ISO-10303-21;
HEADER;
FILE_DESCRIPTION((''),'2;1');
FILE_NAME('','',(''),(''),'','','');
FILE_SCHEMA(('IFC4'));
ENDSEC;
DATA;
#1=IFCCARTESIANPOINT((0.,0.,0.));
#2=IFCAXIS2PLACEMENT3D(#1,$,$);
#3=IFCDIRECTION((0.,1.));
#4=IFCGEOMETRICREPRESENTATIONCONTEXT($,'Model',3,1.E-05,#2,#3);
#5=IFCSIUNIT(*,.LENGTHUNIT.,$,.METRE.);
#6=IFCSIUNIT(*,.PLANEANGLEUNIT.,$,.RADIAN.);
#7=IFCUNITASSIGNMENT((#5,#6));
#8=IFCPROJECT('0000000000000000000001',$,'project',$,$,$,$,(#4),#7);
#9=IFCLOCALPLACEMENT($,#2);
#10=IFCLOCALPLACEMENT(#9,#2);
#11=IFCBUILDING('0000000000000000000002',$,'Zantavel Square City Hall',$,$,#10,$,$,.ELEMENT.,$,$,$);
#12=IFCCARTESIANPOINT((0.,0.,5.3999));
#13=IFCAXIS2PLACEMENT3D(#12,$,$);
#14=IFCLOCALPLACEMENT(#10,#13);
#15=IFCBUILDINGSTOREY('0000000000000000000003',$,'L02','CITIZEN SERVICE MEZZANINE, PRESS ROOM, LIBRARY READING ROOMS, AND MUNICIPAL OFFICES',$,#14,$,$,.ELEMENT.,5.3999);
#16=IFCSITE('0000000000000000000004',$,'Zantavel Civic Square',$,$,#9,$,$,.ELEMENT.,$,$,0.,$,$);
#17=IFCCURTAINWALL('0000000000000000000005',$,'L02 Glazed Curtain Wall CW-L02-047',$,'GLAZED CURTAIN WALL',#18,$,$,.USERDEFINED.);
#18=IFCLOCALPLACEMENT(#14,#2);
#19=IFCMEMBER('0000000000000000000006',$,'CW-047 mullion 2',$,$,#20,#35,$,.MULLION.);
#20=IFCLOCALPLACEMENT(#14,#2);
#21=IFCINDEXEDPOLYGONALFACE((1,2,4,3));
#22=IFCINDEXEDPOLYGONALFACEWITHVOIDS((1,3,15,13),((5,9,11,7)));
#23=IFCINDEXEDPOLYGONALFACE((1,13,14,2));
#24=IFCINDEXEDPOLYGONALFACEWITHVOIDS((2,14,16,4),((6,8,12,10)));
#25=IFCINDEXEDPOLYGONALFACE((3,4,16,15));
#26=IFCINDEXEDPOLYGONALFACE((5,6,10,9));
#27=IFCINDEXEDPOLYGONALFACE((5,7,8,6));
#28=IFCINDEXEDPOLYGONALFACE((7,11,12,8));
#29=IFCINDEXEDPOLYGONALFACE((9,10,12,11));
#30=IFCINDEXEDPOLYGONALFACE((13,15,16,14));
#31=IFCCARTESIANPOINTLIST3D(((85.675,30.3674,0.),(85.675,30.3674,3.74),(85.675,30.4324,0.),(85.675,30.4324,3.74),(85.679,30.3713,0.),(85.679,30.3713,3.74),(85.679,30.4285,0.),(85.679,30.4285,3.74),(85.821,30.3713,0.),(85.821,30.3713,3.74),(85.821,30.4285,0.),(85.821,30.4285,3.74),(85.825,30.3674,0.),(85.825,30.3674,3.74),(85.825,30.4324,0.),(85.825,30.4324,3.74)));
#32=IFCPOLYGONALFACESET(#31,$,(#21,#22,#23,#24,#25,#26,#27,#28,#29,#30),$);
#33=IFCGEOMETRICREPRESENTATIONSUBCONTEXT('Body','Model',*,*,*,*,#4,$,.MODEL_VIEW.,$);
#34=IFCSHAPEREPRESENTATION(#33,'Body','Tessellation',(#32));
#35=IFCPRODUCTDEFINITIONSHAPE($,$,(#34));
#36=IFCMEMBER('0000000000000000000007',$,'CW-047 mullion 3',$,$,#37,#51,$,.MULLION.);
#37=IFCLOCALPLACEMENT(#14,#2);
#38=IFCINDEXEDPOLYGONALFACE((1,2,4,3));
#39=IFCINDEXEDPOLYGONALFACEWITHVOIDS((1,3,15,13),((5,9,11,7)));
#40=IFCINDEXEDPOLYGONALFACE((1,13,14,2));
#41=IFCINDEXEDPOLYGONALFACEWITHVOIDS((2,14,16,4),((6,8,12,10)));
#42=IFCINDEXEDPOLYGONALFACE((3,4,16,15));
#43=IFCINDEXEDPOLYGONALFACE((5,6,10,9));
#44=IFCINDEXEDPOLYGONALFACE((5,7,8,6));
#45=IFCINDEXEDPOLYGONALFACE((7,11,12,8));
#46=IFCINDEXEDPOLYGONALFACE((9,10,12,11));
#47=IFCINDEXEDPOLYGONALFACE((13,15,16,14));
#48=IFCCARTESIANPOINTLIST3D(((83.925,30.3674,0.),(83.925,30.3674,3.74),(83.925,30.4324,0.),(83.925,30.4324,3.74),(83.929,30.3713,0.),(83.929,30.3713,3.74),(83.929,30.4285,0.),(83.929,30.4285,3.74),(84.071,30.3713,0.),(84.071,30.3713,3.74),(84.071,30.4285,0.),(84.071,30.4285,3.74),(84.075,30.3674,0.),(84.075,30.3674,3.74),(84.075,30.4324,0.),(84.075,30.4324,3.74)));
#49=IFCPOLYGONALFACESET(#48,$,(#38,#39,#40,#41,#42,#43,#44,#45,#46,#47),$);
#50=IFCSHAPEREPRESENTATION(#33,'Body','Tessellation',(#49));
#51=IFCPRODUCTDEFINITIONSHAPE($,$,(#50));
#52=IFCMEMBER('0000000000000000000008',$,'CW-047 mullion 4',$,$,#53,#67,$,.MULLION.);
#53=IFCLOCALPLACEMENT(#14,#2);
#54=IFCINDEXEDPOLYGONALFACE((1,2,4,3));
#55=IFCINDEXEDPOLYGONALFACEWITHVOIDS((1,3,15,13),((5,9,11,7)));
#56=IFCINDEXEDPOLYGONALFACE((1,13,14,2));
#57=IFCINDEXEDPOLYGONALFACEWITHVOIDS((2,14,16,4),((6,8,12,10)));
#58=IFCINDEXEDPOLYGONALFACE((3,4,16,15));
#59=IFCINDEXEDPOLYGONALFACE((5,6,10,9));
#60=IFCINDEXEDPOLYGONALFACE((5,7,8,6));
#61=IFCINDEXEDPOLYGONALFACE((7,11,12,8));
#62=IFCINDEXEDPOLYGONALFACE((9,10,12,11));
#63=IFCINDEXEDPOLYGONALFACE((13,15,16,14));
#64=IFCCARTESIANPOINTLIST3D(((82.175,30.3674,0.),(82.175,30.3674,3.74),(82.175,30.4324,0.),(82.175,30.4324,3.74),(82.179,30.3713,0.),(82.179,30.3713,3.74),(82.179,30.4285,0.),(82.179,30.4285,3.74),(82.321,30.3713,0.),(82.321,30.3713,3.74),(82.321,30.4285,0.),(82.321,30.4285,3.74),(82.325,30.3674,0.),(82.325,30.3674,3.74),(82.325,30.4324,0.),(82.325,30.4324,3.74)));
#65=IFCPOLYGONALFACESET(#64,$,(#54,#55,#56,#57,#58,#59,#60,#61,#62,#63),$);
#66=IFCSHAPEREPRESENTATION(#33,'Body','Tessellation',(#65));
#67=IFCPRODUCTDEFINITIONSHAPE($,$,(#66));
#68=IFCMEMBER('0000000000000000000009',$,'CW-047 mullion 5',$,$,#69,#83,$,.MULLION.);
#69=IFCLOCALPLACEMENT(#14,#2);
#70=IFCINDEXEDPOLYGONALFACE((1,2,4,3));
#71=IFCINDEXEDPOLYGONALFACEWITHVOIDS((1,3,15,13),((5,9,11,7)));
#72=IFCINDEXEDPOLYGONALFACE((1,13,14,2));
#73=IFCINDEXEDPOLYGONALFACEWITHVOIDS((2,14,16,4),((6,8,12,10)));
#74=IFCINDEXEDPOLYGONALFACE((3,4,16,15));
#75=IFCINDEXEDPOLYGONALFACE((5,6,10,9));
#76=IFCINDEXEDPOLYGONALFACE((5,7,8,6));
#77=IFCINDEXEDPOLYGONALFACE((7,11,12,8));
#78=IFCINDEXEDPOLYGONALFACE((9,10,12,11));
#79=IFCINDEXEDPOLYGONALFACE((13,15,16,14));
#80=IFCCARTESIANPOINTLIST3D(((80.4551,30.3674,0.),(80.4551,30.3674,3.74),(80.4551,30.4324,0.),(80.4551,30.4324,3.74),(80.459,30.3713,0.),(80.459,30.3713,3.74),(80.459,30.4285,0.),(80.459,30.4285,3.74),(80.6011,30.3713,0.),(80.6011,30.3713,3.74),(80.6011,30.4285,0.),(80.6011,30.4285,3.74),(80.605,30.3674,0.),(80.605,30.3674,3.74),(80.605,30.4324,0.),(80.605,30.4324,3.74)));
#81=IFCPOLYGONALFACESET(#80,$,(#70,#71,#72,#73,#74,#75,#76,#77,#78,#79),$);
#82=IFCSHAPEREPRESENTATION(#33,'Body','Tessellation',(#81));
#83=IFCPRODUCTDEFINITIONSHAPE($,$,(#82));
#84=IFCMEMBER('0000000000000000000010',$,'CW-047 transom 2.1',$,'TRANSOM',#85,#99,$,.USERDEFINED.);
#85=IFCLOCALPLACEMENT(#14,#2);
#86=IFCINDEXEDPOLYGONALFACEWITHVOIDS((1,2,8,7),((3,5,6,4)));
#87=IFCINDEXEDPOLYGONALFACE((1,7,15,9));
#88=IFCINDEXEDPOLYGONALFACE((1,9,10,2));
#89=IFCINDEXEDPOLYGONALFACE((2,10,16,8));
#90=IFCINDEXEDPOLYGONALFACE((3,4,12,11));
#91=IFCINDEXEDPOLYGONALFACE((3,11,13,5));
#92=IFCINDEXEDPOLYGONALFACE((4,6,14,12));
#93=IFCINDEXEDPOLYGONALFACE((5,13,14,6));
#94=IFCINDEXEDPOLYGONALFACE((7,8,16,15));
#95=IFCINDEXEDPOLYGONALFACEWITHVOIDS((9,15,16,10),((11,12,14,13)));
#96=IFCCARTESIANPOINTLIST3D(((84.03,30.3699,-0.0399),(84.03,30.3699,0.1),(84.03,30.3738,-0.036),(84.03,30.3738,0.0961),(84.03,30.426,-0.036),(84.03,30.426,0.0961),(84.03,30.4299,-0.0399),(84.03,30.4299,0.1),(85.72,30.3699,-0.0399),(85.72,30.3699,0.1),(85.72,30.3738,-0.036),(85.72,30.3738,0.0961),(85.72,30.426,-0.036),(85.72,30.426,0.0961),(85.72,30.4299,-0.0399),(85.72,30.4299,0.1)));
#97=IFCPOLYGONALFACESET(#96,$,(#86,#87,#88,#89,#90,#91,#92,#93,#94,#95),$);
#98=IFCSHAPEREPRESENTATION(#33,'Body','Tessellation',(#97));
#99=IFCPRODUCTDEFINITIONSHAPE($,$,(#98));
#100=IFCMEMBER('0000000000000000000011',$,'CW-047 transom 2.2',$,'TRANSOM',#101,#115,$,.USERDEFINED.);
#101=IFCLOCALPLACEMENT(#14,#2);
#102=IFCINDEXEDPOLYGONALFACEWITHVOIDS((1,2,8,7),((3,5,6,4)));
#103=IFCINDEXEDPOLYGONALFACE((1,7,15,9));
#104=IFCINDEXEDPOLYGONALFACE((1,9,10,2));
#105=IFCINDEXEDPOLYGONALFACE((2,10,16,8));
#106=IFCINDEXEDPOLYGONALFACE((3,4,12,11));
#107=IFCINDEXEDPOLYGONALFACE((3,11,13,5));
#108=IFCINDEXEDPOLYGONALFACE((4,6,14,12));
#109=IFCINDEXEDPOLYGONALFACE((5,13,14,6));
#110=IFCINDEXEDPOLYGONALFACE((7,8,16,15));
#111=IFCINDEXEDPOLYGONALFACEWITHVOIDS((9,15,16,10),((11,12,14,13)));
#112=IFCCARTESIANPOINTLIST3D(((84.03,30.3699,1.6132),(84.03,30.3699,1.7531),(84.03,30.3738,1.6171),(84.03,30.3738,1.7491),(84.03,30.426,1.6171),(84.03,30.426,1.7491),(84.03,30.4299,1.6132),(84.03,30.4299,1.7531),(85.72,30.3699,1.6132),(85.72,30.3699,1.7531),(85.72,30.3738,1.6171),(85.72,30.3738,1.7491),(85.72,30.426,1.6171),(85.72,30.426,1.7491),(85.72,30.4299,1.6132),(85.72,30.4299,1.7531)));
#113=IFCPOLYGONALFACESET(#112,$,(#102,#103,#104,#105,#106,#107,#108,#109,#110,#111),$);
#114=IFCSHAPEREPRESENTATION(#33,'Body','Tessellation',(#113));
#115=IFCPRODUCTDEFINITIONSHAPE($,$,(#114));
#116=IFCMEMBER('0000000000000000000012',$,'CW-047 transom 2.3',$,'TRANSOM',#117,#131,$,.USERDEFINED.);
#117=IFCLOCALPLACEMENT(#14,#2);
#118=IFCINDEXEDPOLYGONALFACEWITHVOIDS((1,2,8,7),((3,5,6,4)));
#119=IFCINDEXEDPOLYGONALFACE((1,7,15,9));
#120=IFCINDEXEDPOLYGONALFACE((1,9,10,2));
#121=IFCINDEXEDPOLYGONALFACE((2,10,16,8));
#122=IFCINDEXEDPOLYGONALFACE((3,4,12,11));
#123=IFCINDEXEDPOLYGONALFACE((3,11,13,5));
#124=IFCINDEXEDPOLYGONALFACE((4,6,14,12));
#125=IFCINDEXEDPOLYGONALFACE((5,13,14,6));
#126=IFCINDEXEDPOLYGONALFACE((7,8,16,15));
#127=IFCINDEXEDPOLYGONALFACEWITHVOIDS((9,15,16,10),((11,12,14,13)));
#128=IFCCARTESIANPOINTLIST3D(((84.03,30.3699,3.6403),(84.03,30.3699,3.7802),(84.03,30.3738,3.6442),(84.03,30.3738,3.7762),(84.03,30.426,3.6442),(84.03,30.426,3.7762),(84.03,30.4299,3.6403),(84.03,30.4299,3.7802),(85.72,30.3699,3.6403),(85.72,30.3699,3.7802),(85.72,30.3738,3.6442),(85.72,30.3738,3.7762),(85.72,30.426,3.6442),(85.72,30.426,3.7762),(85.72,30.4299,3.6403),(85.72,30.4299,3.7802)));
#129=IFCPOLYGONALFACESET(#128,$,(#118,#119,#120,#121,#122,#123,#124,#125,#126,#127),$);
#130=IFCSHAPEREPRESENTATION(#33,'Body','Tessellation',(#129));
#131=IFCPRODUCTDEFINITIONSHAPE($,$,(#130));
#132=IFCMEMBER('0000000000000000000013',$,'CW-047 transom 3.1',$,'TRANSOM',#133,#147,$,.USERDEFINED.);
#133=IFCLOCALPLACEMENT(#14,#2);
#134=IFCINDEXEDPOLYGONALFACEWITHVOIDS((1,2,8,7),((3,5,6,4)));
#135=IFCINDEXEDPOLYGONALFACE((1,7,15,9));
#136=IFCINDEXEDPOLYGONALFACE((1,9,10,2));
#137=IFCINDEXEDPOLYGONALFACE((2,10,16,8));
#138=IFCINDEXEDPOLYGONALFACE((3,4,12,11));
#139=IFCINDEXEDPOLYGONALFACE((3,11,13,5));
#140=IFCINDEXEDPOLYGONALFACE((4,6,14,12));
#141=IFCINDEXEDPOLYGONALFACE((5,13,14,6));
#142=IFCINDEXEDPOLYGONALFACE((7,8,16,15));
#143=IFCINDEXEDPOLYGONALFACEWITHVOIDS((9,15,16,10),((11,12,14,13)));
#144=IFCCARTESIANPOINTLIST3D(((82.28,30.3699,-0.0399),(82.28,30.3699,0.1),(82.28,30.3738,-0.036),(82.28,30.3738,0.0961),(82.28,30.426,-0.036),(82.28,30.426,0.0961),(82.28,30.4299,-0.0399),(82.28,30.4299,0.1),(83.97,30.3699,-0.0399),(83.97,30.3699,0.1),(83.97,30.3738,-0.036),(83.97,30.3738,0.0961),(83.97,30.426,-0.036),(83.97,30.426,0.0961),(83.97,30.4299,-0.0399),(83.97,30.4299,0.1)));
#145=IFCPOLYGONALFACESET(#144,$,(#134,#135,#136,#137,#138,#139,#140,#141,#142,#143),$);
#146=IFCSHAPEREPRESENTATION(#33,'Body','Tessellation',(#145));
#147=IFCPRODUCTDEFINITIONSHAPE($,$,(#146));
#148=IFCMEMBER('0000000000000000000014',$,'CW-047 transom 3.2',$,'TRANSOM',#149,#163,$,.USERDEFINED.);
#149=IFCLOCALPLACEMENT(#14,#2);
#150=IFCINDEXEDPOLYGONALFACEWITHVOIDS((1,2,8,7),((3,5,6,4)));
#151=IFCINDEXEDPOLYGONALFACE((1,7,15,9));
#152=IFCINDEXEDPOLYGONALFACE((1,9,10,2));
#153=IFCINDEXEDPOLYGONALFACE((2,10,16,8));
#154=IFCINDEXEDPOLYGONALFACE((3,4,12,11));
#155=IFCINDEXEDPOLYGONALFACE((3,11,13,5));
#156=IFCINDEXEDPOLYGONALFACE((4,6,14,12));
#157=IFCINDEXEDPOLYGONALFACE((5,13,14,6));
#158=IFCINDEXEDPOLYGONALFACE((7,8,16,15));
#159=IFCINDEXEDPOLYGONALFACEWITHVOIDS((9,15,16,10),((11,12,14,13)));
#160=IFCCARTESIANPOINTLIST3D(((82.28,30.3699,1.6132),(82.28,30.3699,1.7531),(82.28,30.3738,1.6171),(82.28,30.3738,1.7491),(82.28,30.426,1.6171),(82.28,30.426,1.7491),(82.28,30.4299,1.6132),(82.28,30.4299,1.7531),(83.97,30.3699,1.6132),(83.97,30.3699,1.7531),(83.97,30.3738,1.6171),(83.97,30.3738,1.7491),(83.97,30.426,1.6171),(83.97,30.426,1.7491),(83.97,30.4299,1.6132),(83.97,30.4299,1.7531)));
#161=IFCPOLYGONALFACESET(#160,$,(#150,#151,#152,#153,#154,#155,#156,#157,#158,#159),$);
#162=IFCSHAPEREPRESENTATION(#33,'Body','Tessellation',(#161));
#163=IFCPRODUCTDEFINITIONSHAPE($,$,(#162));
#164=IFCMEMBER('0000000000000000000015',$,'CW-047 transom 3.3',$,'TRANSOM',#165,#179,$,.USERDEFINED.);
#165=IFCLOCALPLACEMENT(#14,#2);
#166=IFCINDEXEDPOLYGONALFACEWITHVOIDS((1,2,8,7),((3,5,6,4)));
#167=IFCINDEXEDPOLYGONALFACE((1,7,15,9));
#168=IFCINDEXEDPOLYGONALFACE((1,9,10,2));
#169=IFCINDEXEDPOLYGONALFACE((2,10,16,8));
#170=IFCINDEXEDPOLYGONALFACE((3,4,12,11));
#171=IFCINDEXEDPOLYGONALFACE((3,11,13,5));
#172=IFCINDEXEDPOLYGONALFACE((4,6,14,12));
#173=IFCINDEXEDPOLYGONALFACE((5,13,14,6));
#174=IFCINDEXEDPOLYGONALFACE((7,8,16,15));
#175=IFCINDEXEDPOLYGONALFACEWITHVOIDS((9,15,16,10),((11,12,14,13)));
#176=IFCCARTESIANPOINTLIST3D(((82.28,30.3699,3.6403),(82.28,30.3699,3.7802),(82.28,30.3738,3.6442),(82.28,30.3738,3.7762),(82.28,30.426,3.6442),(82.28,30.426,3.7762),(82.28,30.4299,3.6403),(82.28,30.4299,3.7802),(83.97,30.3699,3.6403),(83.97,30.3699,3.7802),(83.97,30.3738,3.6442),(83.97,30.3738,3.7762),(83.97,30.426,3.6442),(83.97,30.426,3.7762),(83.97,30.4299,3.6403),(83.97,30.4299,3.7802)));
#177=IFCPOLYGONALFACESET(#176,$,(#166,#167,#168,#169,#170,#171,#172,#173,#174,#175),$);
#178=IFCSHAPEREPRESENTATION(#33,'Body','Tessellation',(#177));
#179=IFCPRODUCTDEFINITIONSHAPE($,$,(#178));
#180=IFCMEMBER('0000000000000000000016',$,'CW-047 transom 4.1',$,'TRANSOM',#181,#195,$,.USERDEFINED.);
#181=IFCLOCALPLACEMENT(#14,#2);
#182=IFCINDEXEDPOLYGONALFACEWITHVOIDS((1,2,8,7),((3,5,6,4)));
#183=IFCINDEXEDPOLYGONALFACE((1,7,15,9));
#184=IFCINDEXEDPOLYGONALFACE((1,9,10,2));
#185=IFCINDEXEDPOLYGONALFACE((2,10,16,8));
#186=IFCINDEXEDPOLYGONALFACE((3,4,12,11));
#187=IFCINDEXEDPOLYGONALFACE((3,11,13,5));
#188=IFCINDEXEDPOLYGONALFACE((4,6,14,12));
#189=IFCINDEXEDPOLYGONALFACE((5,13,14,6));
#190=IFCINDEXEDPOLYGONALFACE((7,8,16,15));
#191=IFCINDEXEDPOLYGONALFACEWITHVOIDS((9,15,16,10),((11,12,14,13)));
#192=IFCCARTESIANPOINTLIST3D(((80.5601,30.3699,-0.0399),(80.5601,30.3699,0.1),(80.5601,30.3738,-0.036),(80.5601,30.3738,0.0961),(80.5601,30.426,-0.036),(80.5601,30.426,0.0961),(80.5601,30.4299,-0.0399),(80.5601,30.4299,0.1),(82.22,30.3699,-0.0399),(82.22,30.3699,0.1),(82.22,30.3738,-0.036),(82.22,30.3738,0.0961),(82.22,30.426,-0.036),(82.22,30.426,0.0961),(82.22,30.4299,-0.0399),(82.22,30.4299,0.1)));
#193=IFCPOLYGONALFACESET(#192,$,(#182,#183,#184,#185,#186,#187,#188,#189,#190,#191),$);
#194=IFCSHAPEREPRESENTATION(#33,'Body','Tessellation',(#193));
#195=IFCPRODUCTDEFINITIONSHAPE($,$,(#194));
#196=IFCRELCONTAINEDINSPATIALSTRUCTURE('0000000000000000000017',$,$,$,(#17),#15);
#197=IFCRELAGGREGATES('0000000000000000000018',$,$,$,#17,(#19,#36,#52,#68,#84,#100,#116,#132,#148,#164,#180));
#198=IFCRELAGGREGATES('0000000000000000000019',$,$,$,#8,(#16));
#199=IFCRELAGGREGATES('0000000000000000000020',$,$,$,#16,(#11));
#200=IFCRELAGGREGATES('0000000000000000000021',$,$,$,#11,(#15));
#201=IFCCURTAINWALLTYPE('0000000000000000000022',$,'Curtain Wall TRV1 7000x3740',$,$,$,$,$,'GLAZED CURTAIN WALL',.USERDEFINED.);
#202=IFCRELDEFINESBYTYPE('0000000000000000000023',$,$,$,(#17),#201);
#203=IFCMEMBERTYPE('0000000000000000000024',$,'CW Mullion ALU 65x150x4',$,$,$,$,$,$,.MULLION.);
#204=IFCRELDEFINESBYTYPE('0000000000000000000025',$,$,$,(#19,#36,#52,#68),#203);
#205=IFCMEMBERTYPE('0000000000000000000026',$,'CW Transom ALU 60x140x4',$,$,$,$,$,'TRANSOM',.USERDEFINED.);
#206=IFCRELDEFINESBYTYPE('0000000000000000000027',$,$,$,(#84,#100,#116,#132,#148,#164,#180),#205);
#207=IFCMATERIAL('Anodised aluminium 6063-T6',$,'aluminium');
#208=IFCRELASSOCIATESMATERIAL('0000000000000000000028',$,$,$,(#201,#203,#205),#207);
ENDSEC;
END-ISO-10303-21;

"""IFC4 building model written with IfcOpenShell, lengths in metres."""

from ifc_helpers import new_model, si_unit, direction, frame, origin, origin_2d, place, context, subcontext, project, spatial, hollow_rectangle, extrude, material, material_profile, profile_set, type_object, element, aggregate, save


model = new_model("IFC4")

# Units and contexts
model_context = context("Model", 3, precision=1e-05, world=origin(), true_north=direction((0.0, 1.0)))
body_context = subcontext(model_context, "Body", "Model", "MODEL_VIEW")
ifc_project = project(units=[si_unit("LENGTHUNIT", "METRE"), si_unit("PLANEANGLEUNIT", "RADIAN")], contexts=[model_context])

# Site, building, storey
site_placement = place(None, origin())
site = spatial("IfcSite", under=ifc_project, at=site_placement, Name="Zantavel Civic Square", CompositionType="ELEMENT", RefElevation=0.0)
building_placement = place(site_placement, origin())
building = spatial("IfcBuilding", under=site, at=building_placement, Name="Zantavel Square City Hall", CompositionType="ELEMENT")
storey_placement = place(building_placement, frame((0.0, 0.0, 5.3999)))
storey = spatial("IfcBuildingStorey", under=building, at=storey_placement, Name="L02", Description="CITIZEN SERVICE MEZZANINE, PRESS ROOM, LIBRARY READING ROOMS, AND MUNICIPAL OFFICES", CompositionType="ELEMENT", Elevation=5.3999)

# Curtain wall, members
ifc_material_1 = material(Name="Anodised aluminium 6063-T6", Category="aluminium")
curtain_wall_type = type_object("IfcCurtainWallType", Name="Curtain Wall TRV1 7000x3740", ElementType="GLAZED CURTAIN WALL", PredefinedType="USERDEFINED", material=ifc_material_1)
curtain_wall_placement = place(storey_placement, origin())
curtain_wall = element("IfcCurtainWall", 1, at=curtain_wall_placement, inside=storey, type_object=curtain_wall_type, Name="L02 Glazed Curtain Wall CW-L02-047", ObjectType="GLAZED CURTAIN WALL", PredefinedType="USERDEFINED")
ifc_material_profile_1 = material_profile(ifc_material_1, hollow_rectangle(XDim=0.0649, YDim=0.1499, WallThickness=0.0039, at=origin_2d()), Name="ALU 65x150x4")
ifc_profile_set_1 = profile_set([ifc_material_profile_1], Name="Anodised aluminium 6063-T6")
member_type_1 = type_object("IfcMemberType", Name="CW Mullion ALU 65x150x4", PredefinedType="MULLION", material=ifc_profile_set_1)
member_1_placement = place(storey_placement, frame((85.75, 30.3999, 0.0), z_axis=(0.0, 0.0, 1.0), x_axis=(0.0, -1.0, 0.0)))
member_1 = element("IfcMember", 2, at=member_1_placement, type_object=member_type_1, Name="CW-047 mullion 2", PredefinedType="MULLION", context=body_context, shape_type="SweptSolid", body=[
    extrude(hollow_rectangle(XDim=0.0649, YDim=0.1499, WallThickness=0.0039, at=origin_2d()), origin(), (0.0, 0.0, 1.0), 3.74),
])
member_2_placement = place(storey_placement, frame((84.0, 30.3999, 0.0), z_axis=(0.0, 0.0, 1.0), x_axis=(0.0, -1.0, 0.0)))
member_2 = element("IfcMember", 3, at=member_2_placement, type_object=member_type_1, Name="CW-047 mullion 3", PredefinedType="MULLION", context=body_context, shape_type="SweptSolid", body=[
    extrude(hollow_rectangle(XDim=0.0649, YDim=0.1499, WallThickness=0.0039, at=origin_2d()), origin(), (0.0, 0.0, 1.0), 3.74),
])
member_3_placement = place(storey_placement, frame((82.25, 30.3999, 0.0), z_axis=(0.0, 0.0, 1.0), x_axis=(0.0, -1.0, 0.0)))
member_3 = element("IfcMember", 4, at=member_3_placement, type_object=member_type_1, Name="CW-047 mullion 4", PredefinedType="MULLION", context=body_context, shape_type="SweptSolid", body=[
    extrude(hollow_rectangle(XDim=0.0649, YDim=0.1499, WallThickness=0.0039, at=origin_2d()), origin(), (0.0, 0.0, 1.0), 3.74),
])
member_4_placement = place(storey_placement, frame((80.53, 30.3999, 0.0), z_axis=(0.0, 0.0, 1.0), x_axis=(0.0, -1.0, 0.0)))
member_4 = element("IfcMember", 5, at=member_4_placement, type_object=member_type_1, Name="CW-047 mullion 5", PredefinedType="MULLION", context=body_context, shape_type="SweptSolid", body=[
    extrude(hollow_rectangle(XDim=0.0649, YDim=0.1499, WallThickness=0.0039, at=origin_2d()), origin(), (0.0, 0.0, 1.0), 3.74),
])
ifc_material_profile_2 = material_profile(ifc_material_1, hollow_rectangle(XDim=0.0601, YDim=0.1399, WallThickness=0.0039, at=origin_2d()), Name="ALU 60x140x4")
ifc_profile_set_2 = profile_set([ifc_material_profile_2], Name="Anodised aluminium 6063-T6")
member_type_2 = type_object("IfcMemberType", Name="CW Transom ALU 60x140x4", ElementType="TRANSOM", PredefinedType="USERDEFINED", material=ifc_profile_set_2)
member_5_placement = place(storey_placement, frame((85.72, 30.3999, 0.03), z_axis=(-1.0, 0.0, 0.0), x_axis=(0.0, -1.0, 0.0)))
member_5 = element("IfcMember", 6, at=member_5_placement, type_object=member_type_2, Name="CW-047 transom 2.1", ObjectType="TRANSOM", PredefinedType="USERDEFINED", context=body_context, shape_type="SweptSolid", body=[
    extrude(hollow_rectangle(XDim=0.0601, YDim=0.1399, WallThickness=0.0039, at=origin_2d()), origin(), (0.0, 0.0, 1.0), 1.6899),
])
member_6_placement = place(storey_placement, frame((85.72, 30.3999, 1.6831), z_axis=(-1.0, 0.0, 0.0), x_axis=(0.0, -1.0, 0.0)))
member_6 = element("IfcMember", 7, at=member_6_placement, type_object=member_type_2, Name="CW-047 transom 2.2", ObjectType="TRANSOM", PredefinedType="USERDEFINED", context=body_context, shape_type="SweptSolid", body=[
    extrude(hollow_rectangle(XDim=0.0601, YDim=0.1399, WallThickness=0.0039, at=origin_2d()), origin(), (0.0, 0.0, 1.0), 1.6899),
])
member_7_placement = place(storey_placement, frame((85.72, 30.3999, 3.7102), z_axis=(-1.0, 0.0, 0.0), x_axis=(0.0, -1.0, 0.0)))
member_7 = element("IfcMember", 8, at=member_7_placement, type_object=member_type_2, Name="CW-047 transom 2.3", ObjectType="TRANSOM", PredefinedType="USERDEFINED", context=body_context, shape_type="SweptSolid", body=[
    extrude(hollow_rectangle(XDim=0.0601, YDim=0.1399, WallThickness=0.0039, at=origin_2d()), origin(), (0.0, 0.0, 1.0), 1.6899),
])
member_8_placement = place(storey_placement, frame((83.97, 30.3999, 0.03), z_axis=(-1.0, 0.0, 0.0), x_axis=(0.0, -1.0, 0.0)))
member_8 = element("IfcMember", 9, at=member_8_placement, type_object=member_type_2, Name="CW-047 transom 3.1", ObjectType="TRANSOM", PredefinedType="USERDEFINED", context=body_context, shape_type="SweptSolid", body=[
    extrude(hollow_rectangle(XDim=0.0601, YDim=0.1399, WallThickness=0.0039, at=origin_2d()), origin(), (0.0, 0.0, 1.0), 1.6899),
])
member_9_placement = place(storey_placement, frame((83.97, 30.3999, 1.6831), z_axis=(-1.0, 0.0, 0.0), x_axis=(0.0, -1.0, 0.0)))
member_9 = element("IfcMember", 10, at=member_9_placement, type_object=member_type_2, Name="CW-047 transom 3.2", ObjectType="TRANSOM", PredefinedType="USERDEFINED", context=body_context, shape_type="SweptSolid", body=[
    extrude(hollow_rectangle(XDim=0.0601, YDim=0.1399, WallThickness=0.0039, at=origin_2d()), origin(), (0.0, 0.0, 1.0), 1.6899),
])
member_10_placement = place(storey_placement, frame((83.97, 30.3999, 3.7102), z_axis=(-1.0, 0.0, 0.0), x_axis=(0.0, -1.0, 0.0)))
member_10 = element("IfcMember", 11, at=member_10_placement, type_object=member_type_2, Name="CW-047 transom 3.3", ObjectType="TRANSOM", PredefinedType="USERDEFINED", context=body_context, shape_type="SweptSolid", body=[
    extrude(hollow_rectangle(XDim=0.0601, YDim=0.1399, WallThickness=0.0039, at=origin_2d()), origin(), (0.0, 0.0, 1.0), 1.6899),
])
member_11_placement = place(storey_placement, frame((82.22, 30.3999, 0.03), z_axis=(-1.0, 0.0, 0.0), x_axis=(0.0, -1.0, 0.0)))
member_11 = element("IfcMember", 12, at=member_11_placement, type_object=member_type_2, Name="CW-047 transom 4.1", ObjectType="TRANSOM", PredefinedType="USERDEFINED", context=body_context, shape_type="SweptSolid", body=[
    extrude(hollow_rectangle(XDim=0.0601, YDim=0.1399, WallThickness=0.0039, at=origin_2d()), origin(), (0.0, 0.0, 1.0), 1.6599),
])
aggregate(curtain_wall, [member_1, member_2, member_3, member_4, member_5, member_6, member_7, member_8, member_9, member_10, member_11])

save(model, "model.ifc")
